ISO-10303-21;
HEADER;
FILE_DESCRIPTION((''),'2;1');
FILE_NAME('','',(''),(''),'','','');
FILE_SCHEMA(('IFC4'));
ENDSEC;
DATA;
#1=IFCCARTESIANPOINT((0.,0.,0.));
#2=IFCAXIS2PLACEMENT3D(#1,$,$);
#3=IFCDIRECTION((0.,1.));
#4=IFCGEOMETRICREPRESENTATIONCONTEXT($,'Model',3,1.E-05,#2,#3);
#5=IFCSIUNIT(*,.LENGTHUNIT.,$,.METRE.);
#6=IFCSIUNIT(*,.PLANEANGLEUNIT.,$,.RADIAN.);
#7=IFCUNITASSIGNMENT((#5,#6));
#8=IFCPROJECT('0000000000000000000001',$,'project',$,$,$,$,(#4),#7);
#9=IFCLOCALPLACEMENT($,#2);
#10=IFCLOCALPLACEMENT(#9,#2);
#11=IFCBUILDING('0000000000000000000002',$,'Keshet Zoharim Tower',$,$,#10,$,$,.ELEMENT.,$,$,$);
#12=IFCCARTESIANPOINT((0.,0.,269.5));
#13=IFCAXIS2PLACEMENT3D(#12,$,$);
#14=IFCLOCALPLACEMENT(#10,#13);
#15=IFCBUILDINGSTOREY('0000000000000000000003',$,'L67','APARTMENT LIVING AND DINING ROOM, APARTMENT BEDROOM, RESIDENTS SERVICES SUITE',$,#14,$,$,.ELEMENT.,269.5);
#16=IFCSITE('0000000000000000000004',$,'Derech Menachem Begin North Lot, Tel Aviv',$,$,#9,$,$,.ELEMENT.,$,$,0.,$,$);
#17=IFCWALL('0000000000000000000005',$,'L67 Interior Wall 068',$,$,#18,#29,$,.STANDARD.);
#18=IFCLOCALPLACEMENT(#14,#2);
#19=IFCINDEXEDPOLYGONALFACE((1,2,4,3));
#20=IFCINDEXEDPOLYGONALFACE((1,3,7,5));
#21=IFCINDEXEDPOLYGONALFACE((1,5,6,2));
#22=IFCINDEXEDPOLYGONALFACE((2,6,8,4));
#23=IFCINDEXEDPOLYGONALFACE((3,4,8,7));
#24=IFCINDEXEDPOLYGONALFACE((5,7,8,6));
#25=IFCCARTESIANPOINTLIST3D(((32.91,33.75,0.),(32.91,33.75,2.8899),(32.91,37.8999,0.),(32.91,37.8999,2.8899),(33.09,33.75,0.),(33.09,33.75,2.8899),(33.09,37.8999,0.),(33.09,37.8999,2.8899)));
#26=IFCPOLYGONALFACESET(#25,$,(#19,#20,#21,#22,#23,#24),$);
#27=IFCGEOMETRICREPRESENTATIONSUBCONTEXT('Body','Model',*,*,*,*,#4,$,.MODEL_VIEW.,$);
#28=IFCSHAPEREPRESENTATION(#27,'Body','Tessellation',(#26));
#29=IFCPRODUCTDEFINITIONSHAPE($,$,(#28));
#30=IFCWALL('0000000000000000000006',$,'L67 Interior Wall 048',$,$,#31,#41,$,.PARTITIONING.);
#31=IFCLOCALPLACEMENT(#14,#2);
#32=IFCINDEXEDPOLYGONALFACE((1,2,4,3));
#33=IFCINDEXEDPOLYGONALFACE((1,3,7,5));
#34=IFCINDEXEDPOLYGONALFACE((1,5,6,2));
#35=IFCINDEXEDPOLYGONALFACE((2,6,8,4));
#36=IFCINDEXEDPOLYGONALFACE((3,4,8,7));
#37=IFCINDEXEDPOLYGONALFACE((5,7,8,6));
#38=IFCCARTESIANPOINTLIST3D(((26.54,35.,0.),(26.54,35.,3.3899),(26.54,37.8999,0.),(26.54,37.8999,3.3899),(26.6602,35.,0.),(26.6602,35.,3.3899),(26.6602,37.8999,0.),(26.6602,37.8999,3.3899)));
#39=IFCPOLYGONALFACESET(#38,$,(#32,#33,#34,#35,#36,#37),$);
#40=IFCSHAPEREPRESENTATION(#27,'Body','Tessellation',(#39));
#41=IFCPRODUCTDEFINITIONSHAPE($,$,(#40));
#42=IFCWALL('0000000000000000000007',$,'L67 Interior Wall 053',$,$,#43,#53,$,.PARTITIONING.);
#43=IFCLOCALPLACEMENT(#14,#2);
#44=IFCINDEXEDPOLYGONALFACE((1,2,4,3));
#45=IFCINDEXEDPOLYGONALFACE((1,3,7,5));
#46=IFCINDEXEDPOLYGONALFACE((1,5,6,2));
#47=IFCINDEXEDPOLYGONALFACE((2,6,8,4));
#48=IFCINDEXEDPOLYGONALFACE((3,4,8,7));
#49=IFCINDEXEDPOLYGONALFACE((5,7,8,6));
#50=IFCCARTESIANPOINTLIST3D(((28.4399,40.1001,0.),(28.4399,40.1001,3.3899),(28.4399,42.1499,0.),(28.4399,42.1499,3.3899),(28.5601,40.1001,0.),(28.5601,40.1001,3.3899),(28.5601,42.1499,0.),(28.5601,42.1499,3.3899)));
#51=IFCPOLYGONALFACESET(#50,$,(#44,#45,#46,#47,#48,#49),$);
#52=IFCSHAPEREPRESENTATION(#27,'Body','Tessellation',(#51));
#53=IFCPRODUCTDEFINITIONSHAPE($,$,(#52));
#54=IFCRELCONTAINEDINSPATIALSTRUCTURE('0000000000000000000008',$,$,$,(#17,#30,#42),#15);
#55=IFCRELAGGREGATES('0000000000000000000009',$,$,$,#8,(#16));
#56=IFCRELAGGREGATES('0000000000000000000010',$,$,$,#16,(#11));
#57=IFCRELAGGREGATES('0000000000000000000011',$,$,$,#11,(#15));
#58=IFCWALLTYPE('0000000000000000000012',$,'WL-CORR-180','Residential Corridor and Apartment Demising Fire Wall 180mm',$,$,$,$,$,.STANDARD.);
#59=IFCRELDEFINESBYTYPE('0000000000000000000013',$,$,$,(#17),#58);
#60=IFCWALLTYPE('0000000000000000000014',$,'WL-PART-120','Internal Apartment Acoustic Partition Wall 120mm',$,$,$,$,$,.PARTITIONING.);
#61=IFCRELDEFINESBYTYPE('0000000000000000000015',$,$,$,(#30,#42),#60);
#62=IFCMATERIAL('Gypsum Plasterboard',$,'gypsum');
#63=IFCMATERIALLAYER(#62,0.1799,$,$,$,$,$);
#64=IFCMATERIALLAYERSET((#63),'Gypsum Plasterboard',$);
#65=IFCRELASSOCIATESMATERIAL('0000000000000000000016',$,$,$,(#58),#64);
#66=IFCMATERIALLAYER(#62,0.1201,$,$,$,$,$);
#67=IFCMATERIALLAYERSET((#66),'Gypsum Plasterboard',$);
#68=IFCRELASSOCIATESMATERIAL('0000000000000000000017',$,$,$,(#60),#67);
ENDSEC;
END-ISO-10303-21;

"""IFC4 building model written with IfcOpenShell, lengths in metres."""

from ifc_helpers import new_model, si_unit, direction, frame, frame_2d, origin, place, context, subcontext, project, spatial, rectangle, extrude, material, layer, layer_set, type_object, element, save


model = new_model("IFC4")

# Units and contexts
model_context = context("Model", 3, precision=1e-05, world=origin(), true_north=direction((0.0, 1.0)))
body_context = subcontext(model_context, "Body", "Model", "MODEL_VIEW")
ifc_project = project(units=[si_unit("LENGTHUNIT", "METRE"), si_unit("PLANEANGLEUNIT", "RADIAN")], contexts=[model_context])

# Site, building, storey
site_placement = place(None, origin())
site = spatial("IfcSite", under=ifc_project, at=site_placement, Name="Derech Menachem Begin North Lot, Tel Aviv", CompositionType="ELEMENT", RefElevation=0.0)
building_placement = place(site_placement, origin())
building = spatial("IfcBuilding", under=site, at=building_placement, Name="Keshet Zoharim Tower", CompositionType="ELEMENT")
storey_placement = place(building_placement, frame((0.0, 0.0, 269.5)))
storey = spatial("IfcBuildingStorey", under=building, at=storey_placement, Name="L67", Description="APARTMENT LIVING AND DINING ROOM, APARTMENT BEDROOM, RESIDENTS SERVICES SUITE", CompositionType="ELEMENT", Elevation=269.5)

# Shared definitions
ifc_material_1 = material(Name="Gypsum Plasterboard", Category="gypsum")

# Shared definitions
ifc_layer_1 = layer(ifc_material_1, 0.1799)
ifc_layer_set_1 = layer_set([ifc_layer_1], Name="Gypsum Plasterboard")
wall_type_1 = type_object("IfcWallType", Name="WL-CORR-180", Description="Residential Corridor and Apartment Demising Fire Wall 180mm", PredefinedType="STANDARD", material=ifc_layer_set_1)

# Walls
wall_1_placement = place(storey_placement, frame((33.0, 33.75, 0.0), z_axis=(0.0, 0.0, 1.0), x_axis=(0.0, 1.0, 0.0)))
element("IfcWall", 1, at=wall_1_placement, inside=storey, type_object=wall_type_1, Name="L67 Interior Wall 068", PredefinedType="STANDARD", context=body_context, shape_type="SweptSolid", body=[
    extrude(rectangle(XDim=4.1499, YDim=0.1799, at=frame_2d((2.075, 0.0))), origin(), (0.0, 0.0, 1.0), 2.8899),
])
ifc_layer_2 = layer(ifc_material_1, 0.1201)
ifc_layer_set_2 = layer_set([ifc_layer_2], Name="Gypsum Plasterboard")
wall_type_2 = type_object("IfcWallType", Name="WL-PART-120", Description="Internal Apartment Acoustic Partition Wall 120mm", PredefinedType="PARTITIONING", material=ifc_layer_set_2)
wall_2_placement = place(storey_placement, frame((26.6001, 35.0, 0.0), z_axis=(0.0, 0.0, 1.0), x_axis=(0.0, 1.0, 0.0)))
element("IfcWall", 2, at=wall_2_placement, inside=storey, type_object=wall_type_2, Name="L67 Interior Wall 048", PredefinedType="PARTITIONING", context=body_context, shape_type="SweptSolid", body=[
    extrude(rectangle(XDim=2.8999, YDim=0.1201, at=frame_2d((1.45, 0.0))), origin(), (0.0, 0.0, 1.0), 3.3899),
])
wall_3_placement = place(storey_placement, frame((28.5, 40.1001, 0.0), z_axis=(0.0, 0.0, 1.0), x_axis=(0.0, 1.0, 0.0)))
element("IfcWall", 3, at=wall_3_placement, inside=storey, type_object=wall_type_2, Name="L67 Interior Wall 053", PredefinedType="PARTITIONING", context=body_context, shape_type="SweptSolid", body=[
    extrude(rectangle(XDim=2.0498, YDim=0.1201, at=frame_2d((1.0249, 0.0))), origin(), (0.0, 0.0, 1.0), 3.3899),
])

save(model, "model.ifc")
